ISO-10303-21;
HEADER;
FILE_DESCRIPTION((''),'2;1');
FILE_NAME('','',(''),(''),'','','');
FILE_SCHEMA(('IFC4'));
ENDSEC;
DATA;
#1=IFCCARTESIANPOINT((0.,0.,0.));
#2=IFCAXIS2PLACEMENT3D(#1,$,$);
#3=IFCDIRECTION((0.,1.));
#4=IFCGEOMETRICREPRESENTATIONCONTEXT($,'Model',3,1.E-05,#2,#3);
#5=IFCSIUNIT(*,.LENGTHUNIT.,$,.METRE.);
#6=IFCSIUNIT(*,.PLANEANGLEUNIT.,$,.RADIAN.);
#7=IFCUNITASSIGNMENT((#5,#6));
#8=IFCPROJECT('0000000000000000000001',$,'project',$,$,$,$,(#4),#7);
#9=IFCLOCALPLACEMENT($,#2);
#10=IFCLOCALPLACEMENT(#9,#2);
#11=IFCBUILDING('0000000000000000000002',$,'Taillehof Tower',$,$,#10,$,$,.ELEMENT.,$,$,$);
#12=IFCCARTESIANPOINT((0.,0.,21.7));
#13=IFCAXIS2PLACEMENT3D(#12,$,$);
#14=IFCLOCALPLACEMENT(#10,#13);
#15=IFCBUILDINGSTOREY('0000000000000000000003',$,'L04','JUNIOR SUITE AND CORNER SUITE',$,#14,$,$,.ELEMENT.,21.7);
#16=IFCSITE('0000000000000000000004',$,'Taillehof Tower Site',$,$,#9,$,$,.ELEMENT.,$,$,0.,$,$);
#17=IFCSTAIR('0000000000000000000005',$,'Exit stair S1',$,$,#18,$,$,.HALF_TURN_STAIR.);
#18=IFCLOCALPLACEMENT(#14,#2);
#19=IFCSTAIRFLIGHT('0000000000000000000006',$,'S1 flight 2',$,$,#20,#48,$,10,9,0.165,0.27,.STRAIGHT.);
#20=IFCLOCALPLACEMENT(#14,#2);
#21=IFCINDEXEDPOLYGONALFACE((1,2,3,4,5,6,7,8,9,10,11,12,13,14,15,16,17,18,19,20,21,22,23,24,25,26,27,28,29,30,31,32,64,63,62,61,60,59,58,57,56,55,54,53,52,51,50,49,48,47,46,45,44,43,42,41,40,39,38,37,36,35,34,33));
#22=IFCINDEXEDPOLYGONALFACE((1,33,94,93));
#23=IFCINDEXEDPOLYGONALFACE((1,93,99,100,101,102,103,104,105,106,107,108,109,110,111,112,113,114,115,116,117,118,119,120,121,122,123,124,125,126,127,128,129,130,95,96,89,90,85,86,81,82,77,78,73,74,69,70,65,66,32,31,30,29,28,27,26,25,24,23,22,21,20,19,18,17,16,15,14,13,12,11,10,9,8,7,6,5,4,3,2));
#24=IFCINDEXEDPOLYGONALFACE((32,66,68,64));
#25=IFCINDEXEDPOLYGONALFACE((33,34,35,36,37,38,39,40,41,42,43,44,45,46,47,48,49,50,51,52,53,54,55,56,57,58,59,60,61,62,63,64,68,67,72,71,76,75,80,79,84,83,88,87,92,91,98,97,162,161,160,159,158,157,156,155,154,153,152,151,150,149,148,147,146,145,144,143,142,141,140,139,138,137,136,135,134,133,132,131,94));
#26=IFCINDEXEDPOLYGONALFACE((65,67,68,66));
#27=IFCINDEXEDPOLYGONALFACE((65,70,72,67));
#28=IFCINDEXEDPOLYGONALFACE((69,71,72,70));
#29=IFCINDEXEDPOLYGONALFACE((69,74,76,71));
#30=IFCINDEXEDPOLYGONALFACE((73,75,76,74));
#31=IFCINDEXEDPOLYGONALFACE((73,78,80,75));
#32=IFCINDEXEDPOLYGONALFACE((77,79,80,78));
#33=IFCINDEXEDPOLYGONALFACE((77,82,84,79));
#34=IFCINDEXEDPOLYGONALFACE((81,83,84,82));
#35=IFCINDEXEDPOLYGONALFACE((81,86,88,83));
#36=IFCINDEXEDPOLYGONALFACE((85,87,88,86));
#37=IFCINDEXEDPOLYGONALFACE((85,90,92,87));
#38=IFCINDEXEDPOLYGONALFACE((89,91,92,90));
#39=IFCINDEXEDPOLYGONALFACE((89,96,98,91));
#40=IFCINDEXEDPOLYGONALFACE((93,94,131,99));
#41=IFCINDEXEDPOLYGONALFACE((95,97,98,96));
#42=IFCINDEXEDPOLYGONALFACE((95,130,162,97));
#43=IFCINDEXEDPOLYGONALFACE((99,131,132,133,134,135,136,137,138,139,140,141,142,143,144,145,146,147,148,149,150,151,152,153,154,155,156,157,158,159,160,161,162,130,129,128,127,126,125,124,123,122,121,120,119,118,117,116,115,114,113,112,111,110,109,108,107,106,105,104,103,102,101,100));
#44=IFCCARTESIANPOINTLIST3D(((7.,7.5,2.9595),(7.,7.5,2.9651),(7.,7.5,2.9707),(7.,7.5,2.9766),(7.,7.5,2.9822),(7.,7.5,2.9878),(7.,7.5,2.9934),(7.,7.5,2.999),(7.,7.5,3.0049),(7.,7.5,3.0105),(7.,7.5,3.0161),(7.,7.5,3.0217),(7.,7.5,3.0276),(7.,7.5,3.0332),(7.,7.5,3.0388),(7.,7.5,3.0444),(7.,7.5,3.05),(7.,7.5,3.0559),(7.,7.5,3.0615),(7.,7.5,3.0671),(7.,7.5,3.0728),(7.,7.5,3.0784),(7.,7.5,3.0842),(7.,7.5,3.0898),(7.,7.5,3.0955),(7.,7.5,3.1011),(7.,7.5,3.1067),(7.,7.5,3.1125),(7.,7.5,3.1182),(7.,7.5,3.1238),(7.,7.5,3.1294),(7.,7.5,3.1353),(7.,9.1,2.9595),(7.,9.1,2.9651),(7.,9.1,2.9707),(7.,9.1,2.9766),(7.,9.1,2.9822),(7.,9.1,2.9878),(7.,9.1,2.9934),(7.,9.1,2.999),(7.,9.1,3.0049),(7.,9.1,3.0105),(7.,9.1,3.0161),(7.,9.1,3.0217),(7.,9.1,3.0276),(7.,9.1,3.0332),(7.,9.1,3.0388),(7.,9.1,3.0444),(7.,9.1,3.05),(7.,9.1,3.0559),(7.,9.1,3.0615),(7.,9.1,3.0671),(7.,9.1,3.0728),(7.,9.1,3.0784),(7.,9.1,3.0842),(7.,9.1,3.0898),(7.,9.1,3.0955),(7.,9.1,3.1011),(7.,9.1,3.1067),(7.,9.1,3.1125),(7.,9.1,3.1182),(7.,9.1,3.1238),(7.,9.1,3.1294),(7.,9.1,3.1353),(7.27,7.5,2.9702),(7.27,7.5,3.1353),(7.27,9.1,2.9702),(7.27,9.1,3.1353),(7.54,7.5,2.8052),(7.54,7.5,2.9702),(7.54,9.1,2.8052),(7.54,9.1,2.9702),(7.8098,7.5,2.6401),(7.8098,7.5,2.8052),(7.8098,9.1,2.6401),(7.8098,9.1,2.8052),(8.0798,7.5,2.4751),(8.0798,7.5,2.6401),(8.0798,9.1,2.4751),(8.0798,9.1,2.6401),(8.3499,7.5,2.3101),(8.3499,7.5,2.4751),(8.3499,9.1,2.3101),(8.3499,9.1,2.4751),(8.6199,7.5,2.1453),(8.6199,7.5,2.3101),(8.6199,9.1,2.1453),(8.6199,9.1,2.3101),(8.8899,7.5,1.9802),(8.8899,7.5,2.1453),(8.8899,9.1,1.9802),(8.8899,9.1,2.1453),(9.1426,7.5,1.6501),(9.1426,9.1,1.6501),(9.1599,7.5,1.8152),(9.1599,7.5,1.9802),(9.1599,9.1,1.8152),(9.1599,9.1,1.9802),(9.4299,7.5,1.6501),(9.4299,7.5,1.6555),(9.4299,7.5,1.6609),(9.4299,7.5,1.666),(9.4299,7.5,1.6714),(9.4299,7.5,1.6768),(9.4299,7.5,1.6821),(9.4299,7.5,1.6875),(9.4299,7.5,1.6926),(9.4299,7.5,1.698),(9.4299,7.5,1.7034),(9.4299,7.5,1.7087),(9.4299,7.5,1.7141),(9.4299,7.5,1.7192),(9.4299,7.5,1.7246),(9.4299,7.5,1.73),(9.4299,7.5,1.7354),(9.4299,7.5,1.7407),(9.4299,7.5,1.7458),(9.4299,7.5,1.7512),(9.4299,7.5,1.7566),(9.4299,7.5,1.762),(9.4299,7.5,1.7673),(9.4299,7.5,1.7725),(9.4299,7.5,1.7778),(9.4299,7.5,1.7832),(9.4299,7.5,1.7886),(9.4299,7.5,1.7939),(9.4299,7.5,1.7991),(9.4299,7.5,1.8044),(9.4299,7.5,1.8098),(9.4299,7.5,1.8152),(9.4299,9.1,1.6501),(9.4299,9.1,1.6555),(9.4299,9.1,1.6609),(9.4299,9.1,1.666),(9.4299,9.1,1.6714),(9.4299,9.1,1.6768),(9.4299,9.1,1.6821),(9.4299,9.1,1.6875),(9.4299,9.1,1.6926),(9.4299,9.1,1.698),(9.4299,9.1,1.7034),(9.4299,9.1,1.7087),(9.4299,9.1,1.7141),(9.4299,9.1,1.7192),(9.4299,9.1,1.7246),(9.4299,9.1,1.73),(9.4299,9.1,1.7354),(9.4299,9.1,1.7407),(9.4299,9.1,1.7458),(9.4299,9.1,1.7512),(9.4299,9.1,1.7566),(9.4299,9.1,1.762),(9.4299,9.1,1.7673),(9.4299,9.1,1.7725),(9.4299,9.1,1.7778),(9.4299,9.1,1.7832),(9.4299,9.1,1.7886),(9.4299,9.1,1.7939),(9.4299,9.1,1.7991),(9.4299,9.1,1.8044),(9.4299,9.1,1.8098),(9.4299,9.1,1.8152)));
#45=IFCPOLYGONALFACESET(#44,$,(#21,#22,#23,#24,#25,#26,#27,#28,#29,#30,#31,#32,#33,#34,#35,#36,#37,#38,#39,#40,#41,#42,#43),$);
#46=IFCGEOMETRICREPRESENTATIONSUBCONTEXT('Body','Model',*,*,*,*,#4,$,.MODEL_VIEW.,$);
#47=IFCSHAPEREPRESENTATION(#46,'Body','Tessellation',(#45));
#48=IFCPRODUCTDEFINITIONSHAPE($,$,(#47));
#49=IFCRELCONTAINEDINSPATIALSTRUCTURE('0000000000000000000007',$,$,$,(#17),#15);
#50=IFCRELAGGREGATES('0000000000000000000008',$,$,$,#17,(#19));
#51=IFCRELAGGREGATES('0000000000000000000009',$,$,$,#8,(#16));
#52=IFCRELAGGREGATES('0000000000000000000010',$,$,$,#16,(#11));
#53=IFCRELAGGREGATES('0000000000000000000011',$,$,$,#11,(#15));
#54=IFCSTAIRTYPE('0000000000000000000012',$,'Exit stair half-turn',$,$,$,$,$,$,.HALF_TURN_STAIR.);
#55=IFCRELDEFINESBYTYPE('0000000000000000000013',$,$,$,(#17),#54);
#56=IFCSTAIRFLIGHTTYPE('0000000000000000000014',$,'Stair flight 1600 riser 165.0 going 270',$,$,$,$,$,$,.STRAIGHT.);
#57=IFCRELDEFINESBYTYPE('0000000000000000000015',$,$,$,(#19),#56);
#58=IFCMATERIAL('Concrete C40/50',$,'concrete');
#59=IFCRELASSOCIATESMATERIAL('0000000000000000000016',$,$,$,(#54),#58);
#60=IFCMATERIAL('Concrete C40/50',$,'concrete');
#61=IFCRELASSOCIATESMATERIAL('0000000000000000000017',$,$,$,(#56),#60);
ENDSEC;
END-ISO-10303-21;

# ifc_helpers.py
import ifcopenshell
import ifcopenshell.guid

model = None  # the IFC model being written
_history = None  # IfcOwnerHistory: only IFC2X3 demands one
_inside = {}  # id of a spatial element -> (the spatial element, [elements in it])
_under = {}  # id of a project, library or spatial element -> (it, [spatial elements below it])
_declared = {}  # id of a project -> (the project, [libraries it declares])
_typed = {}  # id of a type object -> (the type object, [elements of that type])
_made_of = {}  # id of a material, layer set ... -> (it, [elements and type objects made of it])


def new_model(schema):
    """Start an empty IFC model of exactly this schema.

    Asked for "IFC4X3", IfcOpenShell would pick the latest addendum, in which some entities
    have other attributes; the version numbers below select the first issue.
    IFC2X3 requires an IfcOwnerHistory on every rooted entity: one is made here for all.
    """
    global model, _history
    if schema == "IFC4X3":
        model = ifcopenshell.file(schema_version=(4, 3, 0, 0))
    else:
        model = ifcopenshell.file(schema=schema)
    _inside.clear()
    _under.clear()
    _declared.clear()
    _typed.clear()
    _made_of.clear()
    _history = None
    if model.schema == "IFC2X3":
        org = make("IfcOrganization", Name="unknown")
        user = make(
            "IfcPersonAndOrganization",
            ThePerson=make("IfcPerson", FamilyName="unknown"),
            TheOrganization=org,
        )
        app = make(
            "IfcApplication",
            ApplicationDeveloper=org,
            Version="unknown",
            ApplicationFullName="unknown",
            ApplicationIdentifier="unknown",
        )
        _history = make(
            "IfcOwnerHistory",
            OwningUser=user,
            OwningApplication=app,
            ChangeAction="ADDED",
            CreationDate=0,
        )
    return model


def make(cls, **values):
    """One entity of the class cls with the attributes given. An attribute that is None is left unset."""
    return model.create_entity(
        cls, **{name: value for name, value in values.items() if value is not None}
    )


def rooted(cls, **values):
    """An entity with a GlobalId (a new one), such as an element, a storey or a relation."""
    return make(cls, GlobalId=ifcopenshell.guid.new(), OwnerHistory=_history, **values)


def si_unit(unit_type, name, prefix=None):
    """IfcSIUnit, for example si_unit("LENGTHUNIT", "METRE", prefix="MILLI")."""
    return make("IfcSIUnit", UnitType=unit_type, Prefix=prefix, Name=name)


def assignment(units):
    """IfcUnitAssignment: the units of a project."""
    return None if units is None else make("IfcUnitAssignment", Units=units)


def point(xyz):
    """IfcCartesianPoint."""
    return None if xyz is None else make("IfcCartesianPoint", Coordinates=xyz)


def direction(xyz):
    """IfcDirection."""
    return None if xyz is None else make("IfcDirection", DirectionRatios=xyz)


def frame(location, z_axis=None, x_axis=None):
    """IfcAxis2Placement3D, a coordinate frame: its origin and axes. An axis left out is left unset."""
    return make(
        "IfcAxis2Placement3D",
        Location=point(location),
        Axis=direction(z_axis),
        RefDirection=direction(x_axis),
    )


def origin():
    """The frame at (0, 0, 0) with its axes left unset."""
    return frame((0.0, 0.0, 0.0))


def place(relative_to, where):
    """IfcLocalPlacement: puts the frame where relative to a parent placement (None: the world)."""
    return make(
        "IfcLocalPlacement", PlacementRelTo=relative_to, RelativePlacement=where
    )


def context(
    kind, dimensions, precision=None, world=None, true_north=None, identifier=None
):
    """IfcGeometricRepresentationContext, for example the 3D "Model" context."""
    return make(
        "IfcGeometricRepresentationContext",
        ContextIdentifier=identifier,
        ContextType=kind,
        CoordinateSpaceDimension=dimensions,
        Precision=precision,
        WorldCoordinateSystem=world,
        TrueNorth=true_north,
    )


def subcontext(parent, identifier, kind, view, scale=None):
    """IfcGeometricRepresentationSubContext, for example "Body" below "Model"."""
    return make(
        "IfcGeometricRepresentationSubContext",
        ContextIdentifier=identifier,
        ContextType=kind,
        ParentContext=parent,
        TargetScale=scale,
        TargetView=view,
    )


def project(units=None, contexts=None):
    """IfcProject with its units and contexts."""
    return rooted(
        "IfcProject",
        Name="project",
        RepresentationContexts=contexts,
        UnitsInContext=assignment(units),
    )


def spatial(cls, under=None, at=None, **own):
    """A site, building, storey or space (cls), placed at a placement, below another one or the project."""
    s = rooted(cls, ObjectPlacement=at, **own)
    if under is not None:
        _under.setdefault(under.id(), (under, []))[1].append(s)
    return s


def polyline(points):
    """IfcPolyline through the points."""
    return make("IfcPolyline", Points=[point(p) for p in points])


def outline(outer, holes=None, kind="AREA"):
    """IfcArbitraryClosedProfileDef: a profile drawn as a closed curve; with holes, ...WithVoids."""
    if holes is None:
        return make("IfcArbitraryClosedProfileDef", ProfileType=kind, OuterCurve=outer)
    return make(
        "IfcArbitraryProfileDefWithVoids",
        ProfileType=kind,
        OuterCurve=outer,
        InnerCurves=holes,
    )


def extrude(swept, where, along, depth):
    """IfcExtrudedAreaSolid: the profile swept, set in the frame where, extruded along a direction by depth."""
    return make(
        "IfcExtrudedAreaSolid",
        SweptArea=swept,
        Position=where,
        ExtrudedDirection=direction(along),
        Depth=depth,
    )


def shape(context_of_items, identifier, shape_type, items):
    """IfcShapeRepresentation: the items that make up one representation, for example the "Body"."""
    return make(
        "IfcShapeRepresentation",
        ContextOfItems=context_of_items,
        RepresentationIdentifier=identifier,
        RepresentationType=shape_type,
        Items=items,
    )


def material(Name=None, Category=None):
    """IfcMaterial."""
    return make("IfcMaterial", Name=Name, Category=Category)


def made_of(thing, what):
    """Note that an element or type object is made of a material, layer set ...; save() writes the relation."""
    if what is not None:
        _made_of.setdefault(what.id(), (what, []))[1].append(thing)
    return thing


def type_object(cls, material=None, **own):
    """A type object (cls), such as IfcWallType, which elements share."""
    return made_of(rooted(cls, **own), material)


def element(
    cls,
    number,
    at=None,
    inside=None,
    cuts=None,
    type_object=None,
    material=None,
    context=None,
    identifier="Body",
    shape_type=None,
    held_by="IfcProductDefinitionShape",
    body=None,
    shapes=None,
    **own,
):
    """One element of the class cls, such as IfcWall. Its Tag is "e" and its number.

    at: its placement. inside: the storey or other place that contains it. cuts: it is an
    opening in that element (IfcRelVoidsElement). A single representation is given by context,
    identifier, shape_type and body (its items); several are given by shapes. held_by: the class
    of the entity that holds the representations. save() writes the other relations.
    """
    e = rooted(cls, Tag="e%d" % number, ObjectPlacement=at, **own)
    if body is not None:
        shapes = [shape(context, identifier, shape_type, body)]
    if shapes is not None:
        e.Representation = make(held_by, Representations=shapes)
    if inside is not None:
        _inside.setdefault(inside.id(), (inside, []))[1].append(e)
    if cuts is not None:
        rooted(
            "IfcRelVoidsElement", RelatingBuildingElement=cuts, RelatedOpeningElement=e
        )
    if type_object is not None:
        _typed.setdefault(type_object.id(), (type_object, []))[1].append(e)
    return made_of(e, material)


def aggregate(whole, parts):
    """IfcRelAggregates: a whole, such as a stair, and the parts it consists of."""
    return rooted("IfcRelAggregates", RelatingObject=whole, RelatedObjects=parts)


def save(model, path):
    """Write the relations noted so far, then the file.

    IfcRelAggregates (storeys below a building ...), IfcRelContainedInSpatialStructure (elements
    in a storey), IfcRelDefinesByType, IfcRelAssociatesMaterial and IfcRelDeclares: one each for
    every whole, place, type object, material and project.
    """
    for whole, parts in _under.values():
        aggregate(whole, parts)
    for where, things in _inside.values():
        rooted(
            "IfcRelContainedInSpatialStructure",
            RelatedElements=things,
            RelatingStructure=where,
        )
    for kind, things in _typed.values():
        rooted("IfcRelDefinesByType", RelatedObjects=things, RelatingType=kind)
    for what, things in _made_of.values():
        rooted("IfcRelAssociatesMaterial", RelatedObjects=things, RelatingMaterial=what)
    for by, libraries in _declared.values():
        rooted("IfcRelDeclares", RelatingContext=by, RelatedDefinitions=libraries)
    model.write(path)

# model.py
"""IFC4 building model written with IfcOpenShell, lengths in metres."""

from ifc_helpers import new_model, si_unit, direction, frame, origin, place, context, subcontext, project, spatial, polyline, outline, extrude, material, type_object, element, aggregate, save


model = new_model("IFC4")

# Units and contexts
model_context = context("Model", 3, precision=1e-05, world=origin(), true_north=direction((0.0, 1.0)))
body_context = subcontext(model_context, "Body", "Model", "MODEL_VIEW")
ifc_project = project(units=[si_unit("LENGTHUNIT", "METRE"), si_unit("PLANEANGLEUNIT", "RADIAN")], contexts=[model_context])

# Site, building, storey
site_placement = place(None, origin())
site = spatial("IfcSite", under=ifc_project, at=site_placement, Name="Taillehof Tower Site", CompositionType="ELEMENT", RefElevation=0.0)
building_placement = place(site_placement, origin())
building = spatial("IfcBuilding", under=site, at=building_placement, Name="Taillehof Tower", CompositionType="ELEMENT")
storey_placement = place(building_placement, frame((0.0, 0.0, 21.7)))
storey = spatial("IfcBuildingStorey", under=building, at=storey_placement, Name="L04", Description="JUNIOR SUITE AND CORNER SUITE", CompositionType="ELEMENT", Elevation=21.7)

# Stair, stair flight
ifc_material_1 = material(Name="Concrete C40/50", Category="concrete")
stair_type = type_object("IfcStairType", Name="Exit stair half-turn", PredefinedType="HALF_TURN_STAIR", material=ifc_material_1)
stair_placement = place(storey_placement, origin())
stair = element("IfcStair", 1, at=stair_placement, inside=storey, type_object=stair_type, Name="Exit stair S1", PredefinedType="HALF_TURN_STAIR")
ifc_material_2 = material(Name="Concrete C40/50", Category="concrete")
stair_flight_type = type_object("IfcStairFlightType", Name="Stair flight 1600 riser 165.0 going 270", PredefinedType="STRAIGHT", material=ifc_material_2)
stair_flight_1_placement = place(storey_placement, frame((9.4299, 8.3, 1.6501), z_axis=(0.0, 0.0, 1.0), x_axis=(-1.0, 0.0, 0.0)))
stair_flight_1 = element("IfcStairFlight", 2, at=stair_flight_1_placement, type_object=stair_flight_type, Name="S1 flight 2", NumberOfRisers=10, NumberOfTreads=9, PredefinedType="STRAIGHT", RiserHeight=0.165, TreadLength=0.27, context=body_context, shape_type="SweptSolid", body=[
    extrude(outline(polyline([(0.0, 0.0), (0.0, 0.0054), (0.0, 0.0107), (0.0, 0.0159), (0.0, 0.0212), (0.0, 0.0266), (0.0, 0.032), (0.0, 0.0374), (0.0, 0.0425), (0.0, 0.0479), (0.0, 0.0532), (0.0, 0.0586), (0.0, 0.064), (0.0, 0.0691), (0.0, 0.0745), (0.0, 0.0798), (0.0, 0.0852), (0.0, 0.0906), (0.0, 0.0957), (0.0, 0.1011), (0.0, 0.1064), (0.0, 0.1118), (0.0, 0.1172), (0.0, 0.1223), (0.0, 0.1277), (0.0, 0.1331), (0.0, 0.1384), (0.0, 0.1438), (0.0, 0.1489), (0.0, 0.1543), (0.0, 0.1597), (0.0, 0.165), (0.27, 0.165), (0.27, 0.3301), (0.54, 0.3301), (0.54, 0.4951), (0.8101, 0.4951), (0.8101, 0.6599), (1.0801, 0.6599), (1.0801, 0.825), (1.3501, 0.825), (1.3501, 0.99), (1.6201, 0.99), (1.6201, 1.155), (1.8899, 1.155), (1.8899, 1.3201), (2.1599, 1.3201), (2.1599, 1.4851), (2.4299, 1.4851), (2.4299, 1.4792), (2.4299, 1.4736), (2.4299, 1.468), (2.4299, 1.4624), (2.4299, 1.4565), (2.4299, 1.4509), (2.4299, 1.4453), (2.4299, 1.4397), (2.4299, 1.4341), (2.4299, 1.4282), (2.4299, 1.4226), (2.4299, 1.417), (2.4299, 1.4114), (2.4299, 1.4058), (2.4299, 1.3999), (2.4299, 1.3943), (2.4299, 1.3887), (2.4299, 1.3831), (2.4299, 1.3774), (2.4299, 1.3716), (2.4299, 1.366), (2.4299, 1.3604), (2.4299, 1.3547), (2.4299, 1.3489), (2.4299, 1.3433), (2.4299, 1.3376), (2.4299, 1.332), (2.4299, 1.3264), (2.4299, 1.3206), (2.4299, 1.3149), (2.4299, 1.3093), (0.2874, 0.0), (0.0, 0.0)])), frame((0.0, 0.8, 0.0), z_axis=(0.0, -1.0, 0.0), x_axis=(1.0, 0.0, 0.0)), (0.0, 0.0, 1.0), 1.6),
])
aggregate(stair, [stair_flight_1])

save(model, "model.ifc")
